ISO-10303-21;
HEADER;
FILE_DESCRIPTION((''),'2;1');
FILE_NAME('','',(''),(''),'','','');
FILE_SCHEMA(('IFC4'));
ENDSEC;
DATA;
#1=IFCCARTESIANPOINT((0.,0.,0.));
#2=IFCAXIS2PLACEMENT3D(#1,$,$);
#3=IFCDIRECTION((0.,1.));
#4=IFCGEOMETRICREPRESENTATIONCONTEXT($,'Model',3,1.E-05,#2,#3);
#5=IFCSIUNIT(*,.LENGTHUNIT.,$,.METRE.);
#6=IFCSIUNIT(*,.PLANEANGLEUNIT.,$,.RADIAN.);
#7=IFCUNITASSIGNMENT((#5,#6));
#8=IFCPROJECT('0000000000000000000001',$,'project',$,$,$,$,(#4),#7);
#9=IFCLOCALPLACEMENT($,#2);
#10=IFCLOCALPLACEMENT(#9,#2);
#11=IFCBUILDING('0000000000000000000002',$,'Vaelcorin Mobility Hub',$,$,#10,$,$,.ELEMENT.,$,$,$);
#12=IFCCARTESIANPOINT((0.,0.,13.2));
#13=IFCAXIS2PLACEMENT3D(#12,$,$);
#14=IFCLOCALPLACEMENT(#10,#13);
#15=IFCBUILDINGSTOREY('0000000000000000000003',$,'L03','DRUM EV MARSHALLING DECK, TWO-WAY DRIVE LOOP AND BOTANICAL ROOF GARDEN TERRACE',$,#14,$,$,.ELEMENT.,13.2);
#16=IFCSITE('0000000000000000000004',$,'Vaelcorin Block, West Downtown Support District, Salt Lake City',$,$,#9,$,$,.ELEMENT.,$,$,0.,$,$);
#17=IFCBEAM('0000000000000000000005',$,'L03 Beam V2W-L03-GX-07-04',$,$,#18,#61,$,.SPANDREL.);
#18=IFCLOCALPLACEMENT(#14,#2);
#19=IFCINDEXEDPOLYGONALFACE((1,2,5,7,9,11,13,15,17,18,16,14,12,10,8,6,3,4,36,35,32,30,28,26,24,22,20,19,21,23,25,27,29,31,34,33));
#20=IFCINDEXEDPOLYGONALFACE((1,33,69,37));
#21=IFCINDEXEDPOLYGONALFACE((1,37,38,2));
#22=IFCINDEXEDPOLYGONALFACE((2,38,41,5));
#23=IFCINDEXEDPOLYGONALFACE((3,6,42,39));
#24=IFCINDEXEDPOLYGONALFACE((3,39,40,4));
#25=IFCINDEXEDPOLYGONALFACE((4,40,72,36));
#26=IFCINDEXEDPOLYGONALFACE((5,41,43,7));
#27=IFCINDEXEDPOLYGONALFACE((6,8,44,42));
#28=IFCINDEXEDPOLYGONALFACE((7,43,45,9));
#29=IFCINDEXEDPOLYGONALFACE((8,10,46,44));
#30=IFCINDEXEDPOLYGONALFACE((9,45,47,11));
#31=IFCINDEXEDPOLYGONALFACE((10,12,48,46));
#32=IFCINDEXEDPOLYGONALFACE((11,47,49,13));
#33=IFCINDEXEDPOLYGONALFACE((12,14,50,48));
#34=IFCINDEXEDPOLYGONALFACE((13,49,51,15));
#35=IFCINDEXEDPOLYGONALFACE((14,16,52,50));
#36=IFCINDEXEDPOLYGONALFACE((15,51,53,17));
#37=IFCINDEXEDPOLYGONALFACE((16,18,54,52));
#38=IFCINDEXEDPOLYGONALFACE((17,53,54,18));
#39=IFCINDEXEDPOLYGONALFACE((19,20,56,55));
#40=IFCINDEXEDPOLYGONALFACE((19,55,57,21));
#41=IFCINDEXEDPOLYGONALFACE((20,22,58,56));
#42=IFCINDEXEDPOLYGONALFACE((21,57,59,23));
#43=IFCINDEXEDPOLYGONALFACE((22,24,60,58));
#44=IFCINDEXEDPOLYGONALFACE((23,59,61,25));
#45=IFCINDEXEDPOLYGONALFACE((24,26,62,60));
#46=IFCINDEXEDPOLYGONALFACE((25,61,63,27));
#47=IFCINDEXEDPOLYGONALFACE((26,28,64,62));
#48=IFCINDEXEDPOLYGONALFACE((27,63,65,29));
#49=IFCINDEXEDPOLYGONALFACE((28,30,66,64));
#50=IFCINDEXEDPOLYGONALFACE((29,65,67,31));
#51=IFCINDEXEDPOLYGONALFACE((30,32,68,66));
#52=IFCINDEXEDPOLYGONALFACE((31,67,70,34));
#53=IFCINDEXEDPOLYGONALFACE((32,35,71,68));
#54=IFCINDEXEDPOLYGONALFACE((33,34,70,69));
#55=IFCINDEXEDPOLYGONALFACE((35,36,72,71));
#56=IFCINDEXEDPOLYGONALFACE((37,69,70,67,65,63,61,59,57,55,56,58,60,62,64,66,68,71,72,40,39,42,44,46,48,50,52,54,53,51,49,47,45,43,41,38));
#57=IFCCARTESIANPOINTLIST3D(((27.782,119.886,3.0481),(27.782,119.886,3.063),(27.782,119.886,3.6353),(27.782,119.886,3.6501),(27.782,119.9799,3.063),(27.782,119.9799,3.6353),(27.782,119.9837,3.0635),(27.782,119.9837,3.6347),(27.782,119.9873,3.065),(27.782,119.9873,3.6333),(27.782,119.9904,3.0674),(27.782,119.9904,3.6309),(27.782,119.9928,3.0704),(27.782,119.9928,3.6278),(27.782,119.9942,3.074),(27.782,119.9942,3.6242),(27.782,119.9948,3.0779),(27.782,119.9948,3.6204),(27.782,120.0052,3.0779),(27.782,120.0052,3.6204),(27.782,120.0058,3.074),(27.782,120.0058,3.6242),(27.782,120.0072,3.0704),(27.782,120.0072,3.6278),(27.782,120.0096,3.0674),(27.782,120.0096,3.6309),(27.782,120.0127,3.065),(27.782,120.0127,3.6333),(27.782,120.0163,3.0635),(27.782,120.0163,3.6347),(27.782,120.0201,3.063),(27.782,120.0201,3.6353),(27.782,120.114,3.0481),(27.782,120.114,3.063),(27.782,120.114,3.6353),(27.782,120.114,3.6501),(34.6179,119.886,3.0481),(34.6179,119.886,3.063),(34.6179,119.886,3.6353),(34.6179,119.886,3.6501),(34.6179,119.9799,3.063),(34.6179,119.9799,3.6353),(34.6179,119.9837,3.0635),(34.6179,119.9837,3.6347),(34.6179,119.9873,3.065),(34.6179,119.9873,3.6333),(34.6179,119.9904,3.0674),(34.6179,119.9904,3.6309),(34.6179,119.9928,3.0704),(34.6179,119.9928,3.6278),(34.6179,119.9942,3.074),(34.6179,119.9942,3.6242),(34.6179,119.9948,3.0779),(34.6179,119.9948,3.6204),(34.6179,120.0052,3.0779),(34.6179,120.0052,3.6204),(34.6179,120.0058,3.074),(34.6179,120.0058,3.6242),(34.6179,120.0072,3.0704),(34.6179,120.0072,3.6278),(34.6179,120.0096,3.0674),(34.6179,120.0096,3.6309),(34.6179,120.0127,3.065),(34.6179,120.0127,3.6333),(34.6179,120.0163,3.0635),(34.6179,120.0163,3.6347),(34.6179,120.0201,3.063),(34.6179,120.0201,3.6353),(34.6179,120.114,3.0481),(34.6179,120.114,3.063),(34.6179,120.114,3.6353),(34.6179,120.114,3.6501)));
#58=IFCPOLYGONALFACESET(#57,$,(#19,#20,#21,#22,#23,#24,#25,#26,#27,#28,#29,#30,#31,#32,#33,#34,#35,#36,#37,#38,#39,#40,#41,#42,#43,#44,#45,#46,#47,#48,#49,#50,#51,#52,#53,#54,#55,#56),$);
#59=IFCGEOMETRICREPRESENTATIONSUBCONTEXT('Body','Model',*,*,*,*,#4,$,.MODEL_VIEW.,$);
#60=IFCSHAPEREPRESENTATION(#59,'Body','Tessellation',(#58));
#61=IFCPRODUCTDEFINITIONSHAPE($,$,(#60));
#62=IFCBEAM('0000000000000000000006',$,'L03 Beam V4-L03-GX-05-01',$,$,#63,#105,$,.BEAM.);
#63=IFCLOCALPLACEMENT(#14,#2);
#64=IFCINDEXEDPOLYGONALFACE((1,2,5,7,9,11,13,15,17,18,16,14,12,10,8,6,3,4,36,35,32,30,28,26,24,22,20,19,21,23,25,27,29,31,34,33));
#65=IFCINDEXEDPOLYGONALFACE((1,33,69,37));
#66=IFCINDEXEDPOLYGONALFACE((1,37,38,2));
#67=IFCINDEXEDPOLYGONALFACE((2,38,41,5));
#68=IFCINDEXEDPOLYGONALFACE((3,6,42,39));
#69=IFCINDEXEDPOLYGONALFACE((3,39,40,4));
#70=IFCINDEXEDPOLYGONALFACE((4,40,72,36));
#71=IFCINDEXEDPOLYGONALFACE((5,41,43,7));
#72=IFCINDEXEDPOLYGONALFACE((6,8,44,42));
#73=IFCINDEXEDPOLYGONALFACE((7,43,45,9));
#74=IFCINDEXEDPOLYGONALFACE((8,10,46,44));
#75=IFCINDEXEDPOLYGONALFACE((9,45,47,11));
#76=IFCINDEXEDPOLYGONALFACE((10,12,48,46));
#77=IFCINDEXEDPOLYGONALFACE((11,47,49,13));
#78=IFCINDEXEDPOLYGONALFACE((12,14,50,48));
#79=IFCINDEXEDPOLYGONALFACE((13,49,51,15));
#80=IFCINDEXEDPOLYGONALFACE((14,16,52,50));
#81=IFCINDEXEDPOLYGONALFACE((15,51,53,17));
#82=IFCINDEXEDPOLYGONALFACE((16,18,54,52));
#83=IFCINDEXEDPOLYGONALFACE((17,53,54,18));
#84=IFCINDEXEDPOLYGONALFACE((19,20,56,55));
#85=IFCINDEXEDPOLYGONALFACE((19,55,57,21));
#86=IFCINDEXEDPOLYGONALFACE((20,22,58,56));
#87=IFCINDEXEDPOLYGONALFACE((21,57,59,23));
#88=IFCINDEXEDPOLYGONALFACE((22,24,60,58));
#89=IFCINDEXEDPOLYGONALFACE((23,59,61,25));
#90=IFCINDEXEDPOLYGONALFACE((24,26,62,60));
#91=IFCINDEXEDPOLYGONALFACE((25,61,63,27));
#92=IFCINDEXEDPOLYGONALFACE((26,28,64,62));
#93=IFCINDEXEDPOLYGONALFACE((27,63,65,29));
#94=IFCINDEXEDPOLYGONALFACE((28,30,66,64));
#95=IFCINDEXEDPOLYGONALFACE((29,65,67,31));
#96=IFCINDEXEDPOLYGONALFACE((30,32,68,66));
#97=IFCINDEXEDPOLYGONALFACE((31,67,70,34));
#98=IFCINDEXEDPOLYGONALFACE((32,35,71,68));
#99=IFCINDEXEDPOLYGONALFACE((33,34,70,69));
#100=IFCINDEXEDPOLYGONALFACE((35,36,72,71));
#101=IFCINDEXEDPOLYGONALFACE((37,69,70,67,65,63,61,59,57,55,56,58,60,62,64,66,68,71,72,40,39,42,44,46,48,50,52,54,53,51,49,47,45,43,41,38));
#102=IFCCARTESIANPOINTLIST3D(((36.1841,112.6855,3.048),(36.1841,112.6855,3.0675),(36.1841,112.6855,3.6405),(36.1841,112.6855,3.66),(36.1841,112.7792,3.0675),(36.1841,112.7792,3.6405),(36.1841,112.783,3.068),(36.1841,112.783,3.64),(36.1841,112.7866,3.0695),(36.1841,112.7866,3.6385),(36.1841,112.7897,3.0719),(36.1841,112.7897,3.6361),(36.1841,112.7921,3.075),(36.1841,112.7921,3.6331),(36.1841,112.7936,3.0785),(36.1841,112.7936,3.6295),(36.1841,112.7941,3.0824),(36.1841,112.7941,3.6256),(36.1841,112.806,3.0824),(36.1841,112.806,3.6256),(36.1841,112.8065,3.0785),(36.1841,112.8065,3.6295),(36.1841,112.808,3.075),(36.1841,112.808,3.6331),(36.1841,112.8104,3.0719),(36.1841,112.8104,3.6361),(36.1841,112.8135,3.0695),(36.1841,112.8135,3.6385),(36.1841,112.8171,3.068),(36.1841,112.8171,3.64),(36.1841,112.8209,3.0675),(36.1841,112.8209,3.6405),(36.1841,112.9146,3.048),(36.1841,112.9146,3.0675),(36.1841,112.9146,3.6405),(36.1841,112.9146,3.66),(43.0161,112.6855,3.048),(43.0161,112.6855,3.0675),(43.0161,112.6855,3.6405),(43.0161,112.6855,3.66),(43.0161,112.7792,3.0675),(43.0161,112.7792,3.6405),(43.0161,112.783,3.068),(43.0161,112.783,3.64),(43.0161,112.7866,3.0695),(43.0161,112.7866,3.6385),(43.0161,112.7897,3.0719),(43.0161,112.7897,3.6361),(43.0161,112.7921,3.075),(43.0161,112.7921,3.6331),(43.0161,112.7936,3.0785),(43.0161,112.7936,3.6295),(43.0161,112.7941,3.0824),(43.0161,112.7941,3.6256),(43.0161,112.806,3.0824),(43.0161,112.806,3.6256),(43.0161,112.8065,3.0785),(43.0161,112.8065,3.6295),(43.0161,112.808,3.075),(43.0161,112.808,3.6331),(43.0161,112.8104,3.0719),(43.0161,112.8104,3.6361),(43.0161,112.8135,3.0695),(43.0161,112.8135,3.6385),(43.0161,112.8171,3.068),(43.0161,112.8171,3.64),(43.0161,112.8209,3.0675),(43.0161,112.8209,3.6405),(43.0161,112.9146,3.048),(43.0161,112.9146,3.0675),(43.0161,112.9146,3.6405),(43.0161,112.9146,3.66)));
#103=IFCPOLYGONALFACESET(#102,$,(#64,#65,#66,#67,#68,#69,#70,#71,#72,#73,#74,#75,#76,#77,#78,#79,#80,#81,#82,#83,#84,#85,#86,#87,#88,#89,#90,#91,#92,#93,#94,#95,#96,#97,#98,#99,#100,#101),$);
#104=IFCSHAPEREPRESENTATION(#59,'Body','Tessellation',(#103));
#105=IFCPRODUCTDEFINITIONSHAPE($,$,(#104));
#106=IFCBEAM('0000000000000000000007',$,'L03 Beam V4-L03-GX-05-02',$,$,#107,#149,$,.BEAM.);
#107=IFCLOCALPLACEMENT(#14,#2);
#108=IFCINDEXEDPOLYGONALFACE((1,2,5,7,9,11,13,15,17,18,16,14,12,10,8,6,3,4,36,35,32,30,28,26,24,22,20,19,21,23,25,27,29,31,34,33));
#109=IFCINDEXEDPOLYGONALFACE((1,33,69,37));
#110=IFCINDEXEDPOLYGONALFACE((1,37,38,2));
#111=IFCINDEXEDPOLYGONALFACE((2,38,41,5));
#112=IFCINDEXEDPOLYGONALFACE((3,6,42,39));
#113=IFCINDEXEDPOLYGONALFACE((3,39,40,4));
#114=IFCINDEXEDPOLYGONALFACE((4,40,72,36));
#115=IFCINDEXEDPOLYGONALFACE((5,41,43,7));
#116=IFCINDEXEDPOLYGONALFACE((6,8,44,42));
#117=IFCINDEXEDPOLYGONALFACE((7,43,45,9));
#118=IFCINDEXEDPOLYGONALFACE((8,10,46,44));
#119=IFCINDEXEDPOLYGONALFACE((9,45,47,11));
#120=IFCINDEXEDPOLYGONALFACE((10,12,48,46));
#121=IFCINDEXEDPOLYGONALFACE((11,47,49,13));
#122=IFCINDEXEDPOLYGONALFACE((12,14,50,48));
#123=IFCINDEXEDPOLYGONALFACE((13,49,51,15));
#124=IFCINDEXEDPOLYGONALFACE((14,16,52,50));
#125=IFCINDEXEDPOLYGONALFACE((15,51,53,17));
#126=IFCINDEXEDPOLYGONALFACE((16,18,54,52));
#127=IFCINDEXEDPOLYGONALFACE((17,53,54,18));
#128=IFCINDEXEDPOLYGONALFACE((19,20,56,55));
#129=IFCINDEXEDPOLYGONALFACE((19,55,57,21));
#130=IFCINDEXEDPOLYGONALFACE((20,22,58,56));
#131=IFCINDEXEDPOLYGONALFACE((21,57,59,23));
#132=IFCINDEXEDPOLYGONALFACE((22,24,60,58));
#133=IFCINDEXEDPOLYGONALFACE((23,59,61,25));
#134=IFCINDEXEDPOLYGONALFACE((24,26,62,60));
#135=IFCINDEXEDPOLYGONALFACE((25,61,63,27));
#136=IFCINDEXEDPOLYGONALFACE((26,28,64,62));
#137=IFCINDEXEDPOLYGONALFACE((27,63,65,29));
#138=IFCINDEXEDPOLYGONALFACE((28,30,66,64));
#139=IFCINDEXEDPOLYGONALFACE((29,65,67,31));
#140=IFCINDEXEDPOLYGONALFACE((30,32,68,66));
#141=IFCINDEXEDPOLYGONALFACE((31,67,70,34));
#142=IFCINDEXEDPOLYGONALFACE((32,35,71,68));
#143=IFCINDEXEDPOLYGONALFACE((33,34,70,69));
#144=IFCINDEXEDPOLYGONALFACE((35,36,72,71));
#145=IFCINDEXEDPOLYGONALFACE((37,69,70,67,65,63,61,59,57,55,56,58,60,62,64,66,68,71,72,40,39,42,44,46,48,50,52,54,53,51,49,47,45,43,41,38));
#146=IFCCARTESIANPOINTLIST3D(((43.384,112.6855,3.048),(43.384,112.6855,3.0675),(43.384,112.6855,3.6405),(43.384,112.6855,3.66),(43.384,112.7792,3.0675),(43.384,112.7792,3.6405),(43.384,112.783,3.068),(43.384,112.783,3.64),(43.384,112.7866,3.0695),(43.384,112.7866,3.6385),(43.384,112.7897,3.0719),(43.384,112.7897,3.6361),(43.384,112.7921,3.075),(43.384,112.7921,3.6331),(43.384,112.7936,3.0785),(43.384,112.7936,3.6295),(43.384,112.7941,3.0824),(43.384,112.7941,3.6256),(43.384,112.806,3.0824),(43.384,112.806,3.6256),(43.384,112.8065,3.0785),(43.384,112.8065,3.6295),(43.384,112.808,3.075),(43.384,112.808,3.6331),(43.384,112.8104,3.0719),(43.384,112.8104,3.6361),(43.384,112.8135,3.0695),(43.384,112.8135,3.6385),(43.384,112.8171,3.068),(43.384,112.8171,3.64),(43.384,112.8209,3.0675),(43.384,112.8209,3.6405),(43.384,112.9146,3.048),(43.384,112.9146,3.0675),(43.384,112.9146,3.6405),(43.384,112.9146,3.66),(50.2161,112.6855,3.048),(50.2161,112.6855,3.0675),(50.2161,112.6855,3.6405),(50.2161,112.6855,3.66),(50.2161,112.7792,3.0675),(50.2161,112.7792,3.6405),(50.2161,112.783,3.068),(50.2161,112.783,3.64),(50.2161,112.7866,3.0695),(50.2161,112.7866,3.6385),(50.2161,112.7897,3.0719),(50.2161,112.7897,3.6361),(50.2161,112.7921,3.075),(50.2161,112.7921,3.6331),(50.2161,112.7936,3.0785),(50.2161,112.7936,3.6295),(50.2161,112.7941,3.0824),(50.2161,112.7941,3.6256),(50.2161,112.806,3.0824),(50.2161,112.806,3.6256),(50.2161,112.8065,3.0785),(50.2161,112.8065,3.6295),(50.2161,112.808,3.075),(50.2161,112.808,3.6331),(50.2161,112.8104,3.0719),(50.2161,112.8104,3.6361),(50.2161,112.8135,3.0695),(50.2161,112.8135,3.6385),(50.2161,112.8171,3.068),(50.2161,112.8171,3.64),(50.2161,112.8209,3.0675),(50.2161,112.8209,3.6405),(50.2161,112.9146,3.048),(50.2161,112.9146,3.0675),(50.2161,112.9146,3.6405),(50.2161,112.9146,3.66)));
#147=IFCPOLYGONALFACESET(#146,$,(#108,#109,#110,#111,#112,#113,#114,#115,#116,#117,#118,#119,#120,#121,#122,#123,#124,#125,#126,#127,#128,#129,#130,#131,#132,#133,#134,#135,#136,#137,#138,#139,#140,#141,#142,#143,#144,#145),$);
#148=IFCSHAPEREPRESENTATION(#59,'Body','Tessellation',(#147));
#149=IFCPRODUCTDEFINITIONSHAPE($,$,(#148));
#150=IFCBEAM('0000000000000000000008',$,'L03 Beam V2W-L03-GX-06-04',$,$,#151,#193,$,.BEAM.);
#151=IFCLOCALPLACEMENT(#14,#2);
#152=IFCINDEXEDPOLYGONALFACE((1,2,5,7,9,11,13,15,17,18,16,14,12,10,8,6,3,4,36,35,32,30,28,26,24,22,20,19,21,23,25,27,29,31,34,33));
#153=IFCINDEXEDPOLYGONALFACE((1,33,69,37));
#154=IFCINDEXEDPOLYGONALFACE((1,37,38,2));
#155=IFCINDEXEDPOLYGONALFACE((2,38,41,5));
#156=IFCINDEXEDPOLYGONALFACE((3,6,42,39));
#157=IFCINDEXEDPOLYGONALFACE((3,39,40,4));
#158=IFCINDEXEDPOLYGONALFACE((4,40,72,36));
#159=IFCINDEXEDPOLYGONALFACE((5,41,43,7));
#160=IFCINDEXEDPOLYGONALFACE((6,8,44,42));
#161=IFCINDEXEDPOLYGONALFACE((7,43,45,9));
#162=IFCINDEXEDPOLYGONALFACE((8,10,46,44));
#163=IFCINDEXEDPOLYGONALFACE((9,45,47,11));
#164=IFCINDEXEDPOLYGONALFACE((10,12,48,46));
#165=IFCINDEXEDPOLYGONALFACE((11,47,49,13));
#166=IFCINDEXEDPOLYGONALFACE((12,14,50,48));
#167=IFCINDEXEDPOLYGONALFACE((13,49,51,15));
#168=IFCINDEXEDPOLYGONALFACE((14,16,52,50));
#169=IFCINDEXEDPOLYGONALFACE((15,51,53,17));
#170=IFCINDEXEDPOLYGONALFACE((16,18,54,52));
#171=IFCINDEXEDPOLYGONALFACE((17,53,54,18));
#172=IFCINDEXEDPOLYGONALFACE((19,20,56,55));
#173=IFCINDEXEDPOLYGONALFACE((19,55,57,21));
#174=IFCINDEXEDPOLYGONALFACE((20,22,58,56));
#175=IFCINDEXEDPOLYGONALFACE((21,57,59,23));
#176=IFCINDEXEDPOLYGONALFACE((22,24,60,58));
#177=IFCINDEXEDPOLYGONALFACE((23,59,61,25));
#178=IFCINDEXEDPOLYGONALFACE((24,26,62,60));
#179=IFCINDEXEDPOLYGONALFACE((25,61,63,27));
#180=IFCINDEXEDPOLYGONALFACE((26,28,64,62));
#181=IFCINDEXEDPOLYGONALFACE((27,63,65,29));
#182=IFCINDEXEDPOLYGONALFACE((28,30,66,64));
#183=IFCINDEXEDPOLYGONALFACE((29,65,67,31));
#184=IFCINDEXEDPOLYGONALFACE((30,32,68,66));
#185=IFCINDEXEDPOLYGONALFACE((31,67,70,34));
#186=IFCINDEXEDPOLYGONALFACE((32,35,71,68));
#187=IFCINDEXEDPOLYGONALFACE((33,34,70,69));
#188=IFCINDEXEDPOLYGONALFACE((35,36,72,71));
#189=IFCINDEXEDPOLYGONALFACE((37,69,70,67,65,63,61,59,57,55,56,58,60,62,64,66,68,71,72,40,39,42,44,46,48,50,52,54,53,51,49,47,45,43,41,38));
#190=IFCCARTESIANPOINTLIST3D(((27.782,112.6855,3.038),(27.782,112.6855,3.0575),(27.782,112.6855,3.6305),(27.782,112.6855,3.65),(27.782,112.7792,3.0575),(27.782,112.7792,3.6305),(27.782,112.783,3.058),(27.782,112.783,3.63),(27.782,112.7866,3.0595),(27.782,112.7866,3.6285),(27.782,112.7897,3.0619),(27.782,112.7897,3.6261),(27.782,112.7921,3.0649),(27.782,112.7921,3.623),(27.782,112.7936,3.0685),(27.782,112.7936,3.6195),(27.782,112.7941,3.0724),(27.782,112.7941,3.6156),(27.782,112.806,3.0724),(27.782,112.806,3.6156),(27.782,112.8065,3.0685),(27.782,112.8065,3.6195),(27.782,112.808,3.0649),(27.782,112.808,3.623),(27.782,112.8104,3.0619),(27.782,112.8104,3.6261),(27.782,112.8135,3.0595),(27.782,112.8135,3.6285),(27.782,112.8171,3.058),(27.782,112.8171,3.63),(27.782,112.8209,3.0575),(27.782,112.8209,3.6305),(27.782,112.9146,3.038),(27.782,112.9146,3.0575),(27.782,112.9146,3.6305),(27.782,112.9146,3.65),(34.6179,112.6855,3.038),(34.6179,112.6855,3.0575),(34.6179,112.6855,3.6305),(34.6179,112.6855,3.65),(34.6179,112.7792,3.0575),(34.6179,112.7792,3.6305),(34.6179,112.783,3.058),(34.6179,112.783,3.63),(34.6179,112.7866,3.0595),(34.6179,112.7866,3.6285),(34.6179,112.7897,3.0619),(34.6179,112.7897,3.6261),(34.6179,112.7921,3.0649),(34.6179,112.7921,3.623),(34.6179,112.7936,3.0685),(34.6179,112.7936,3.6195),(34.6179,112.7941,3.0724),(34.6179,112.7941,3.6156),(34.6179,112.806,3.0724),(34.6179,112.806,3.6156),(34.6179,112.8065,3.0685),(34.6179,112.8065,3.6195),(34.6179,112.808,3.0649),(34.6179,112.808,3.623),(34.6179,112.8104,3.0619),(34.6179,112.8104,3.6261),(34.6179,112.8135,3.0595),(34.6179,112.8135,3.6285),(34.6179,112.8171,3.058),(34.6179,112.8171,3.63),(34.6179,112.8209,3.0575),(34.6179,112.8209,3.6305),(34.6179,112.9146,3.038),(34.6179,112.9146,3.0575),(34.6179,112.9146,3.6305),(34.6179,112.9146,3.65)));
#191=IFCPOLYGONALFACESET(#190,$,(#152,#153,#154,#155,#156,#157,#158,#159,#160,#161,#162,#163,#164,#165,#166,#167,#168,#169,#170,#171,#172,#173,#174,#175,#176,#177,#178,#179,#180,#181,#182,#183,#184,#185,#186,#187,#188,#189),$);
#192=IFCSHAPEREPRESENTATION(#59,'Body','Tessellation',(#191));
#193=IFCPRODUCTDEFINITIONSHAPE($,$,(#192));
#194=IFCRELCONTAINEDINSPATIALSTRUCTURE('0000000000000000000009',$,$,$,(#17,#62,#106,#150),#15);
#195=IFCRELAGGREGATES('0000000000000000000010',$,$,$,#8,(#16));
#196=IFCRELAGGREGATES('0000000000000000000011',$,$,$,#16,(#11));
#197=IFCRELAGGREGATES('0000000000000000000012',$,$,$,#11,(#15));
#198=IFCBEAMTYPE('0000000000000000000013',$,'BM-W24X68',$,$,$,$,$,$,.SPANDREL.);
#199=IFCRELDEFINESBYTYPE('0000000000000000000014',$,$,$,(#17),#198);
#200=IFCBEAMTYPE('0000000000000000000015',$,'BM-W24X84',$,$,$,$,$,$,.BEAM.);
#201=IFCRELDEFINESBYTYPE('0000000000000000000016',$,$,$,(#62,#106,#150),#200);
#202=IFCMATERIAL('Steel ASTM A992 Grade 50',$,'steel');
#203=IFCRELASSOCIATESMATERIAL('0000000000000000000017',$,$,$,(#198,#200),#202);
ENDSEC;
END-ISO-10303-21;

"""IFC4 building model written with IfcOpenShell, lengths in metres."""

from ifc_helpers import new_model, si_unit, direction, frame, origin, origin_2d, place, context, subcontext, project, spatial, i_section, extrude, material, material_profile, profile_set, type_object, element, save


model = new_model("IFC4")

# Units and contexts
model_context = context("Model", 3, precision=1e-05, world=origin(), true_north=direction((0.0, 1.0)))
body_context = subcontext(model_context, "Body", "Model", "MODEL_VIEW")
ifc_project = project(units=[si_unit("LENGTHUNIT", "METRE"), si_unit("PLANEANGLEUNIT", "RADIAN")], contexts=[model_context])

# Site, building, storey
site_placement = place(None, origin())
site = spatial("IfcSite", under=ifc_project, at=site_placement, Name="Vaelcorin Block, West Downtown Support District, Salt Lake City", CompositionType="ELEMENT", RefElevation=0.0)
building_placement = place(site_placement, origin())
building = spatial("IfcBuilding", under=site, at=building_placement, Name="Vaelcorin Mobility Hub", CompositionType="ELEMENT")
storey_placement = place(building_placement, frame((0.0, 0.0, 13.2)))
storey = spatial("IfcBuildingStorey", under=building, at=storey_placement, Name="L03", Description="DRUM EV MARSHALLING DECK, TWO-WAY DRIVE LOOP AND BOTANICAL ROOF GARDEN TERRACE", CompositionType="ELEMENT", Elevation=13.2)

# Shared definitions
ifc_material_1 = material(Name="Steel ASTM A992 Grade 50", Category="steel")

# Beams
ifc_material_profile_1 = material_profile(ifc_material_1, i_section(OverallWidth=0.228, OverallDepth=0.6021, WebThickness=0.0105, FlangeThickness=0.0149, FilletRadius=0.0149, at=origin_2d()), Name="W24X68")
ifc_profile_set_1 = profile_set([ifc_material_profile_1], Name="Steel ASTM A992 Grade 50")
beam_type_1 = type_object("IfcBeamType", Name="BM-W24X68", PredefinedType="SPANDREL", material=ifc_profile_set_1)
beam_1_placement = place(storey_placement, frame((27.782, 120.0, 3.3491), z_axis=(1.0, 0.0, 0.0), x_axis=(0.0, 1.0, 0.0)))
element("IfcBeam", 1, at=beam_1_placement, inside=storey, type_object=beam_type_1, Name="L03 Beam V2W-L03-GX-07-04", PredefinedType="SPANDREL", context=body_context, shape_type="SweptSolid", body=[
    extrude(i_section(OverallWidth=0.228, OverallDepth=0.6021, WebThickness=0.0105, FlangeThickness=0.0149, FilletRadius=0.0149, at=origin_2d()), origin(), (0.0, 0.0, 1.0), 6.8359),
])
ifc_material_profile_2 = material_profile(ifc_material_1, i_section(OverallWidth=0.229, OverallDepth=0.6121, WebThickness=0.012, FlangeThickness=0.0195, FilletRadius=0.0149, at=origin_2d()), Name="W24X84")
ifc_profile_set_2 = profile_set([ifc_material_profile_2], Name="Steel ASTM A992 Grade 50")
beam_type_2 = type_object("IfcBeamType", Name="BM-W24X84", PredefinedType="BEAM", material=ifc_profile_set_2)
for number, where, z_axis, x_axis, name in (
    (2, (36.1841, 112.8, 3.354), (1.0, 0.0, 0.0), (0.0, 1.0, 0.0), "L03 Beam V4-L03-GX-05-01"),
    (3, (43.384, 112.8, 3.354), (1.0, 0.0, 0.0), (0.0, 1.0, 0.0), "L03 Beam V4-L03-GX-05-02"),
):
    element("IfcBeam", number, at=place(storey_placement, frame(where, z_axis=z_axis, x_axis=x_axis)), inside=storey, type_object=beam_type_2, Name=name, PredefinedType="BEAM", context=body_context, shape_type="SweptSolid", body=[
        extrude(i_section(OverallWidth=0.229, OverallDepth=0.6121, WebThickness=0.012, FlangeThickness=0.0195, FilletRadius=0.0149, at=origin_2d()), origin(), (0.0, 0.0, 1.0), 6.832),
    ])
beam_2_placement = place(storey_placement, frame((27.782, 112.8, 3.344), z_axis=(1.0, 0.0, 0.0), x_axis=(0.0, 1.0, 0.0)))
element("IfcBeam", 4, at=beam_2_placement, inside=storey, type_object=beam_type_2, Name="L03 Beam V2W-L03-GX-06-04", PredefinedType="BEAM", context=body_context, shape_type="SweptSolid", body=[
    extrude(i_section(OverallWidth=0.229, OverallDepth=0.6121, WebThickness=0.012, FlangeThickness=0.0195, FilletRadius=0.0149, at=origin_2d()), origin(), (0.0, 0.0, 1.0), 6.8359),
])

save(model, "model.ifc")
